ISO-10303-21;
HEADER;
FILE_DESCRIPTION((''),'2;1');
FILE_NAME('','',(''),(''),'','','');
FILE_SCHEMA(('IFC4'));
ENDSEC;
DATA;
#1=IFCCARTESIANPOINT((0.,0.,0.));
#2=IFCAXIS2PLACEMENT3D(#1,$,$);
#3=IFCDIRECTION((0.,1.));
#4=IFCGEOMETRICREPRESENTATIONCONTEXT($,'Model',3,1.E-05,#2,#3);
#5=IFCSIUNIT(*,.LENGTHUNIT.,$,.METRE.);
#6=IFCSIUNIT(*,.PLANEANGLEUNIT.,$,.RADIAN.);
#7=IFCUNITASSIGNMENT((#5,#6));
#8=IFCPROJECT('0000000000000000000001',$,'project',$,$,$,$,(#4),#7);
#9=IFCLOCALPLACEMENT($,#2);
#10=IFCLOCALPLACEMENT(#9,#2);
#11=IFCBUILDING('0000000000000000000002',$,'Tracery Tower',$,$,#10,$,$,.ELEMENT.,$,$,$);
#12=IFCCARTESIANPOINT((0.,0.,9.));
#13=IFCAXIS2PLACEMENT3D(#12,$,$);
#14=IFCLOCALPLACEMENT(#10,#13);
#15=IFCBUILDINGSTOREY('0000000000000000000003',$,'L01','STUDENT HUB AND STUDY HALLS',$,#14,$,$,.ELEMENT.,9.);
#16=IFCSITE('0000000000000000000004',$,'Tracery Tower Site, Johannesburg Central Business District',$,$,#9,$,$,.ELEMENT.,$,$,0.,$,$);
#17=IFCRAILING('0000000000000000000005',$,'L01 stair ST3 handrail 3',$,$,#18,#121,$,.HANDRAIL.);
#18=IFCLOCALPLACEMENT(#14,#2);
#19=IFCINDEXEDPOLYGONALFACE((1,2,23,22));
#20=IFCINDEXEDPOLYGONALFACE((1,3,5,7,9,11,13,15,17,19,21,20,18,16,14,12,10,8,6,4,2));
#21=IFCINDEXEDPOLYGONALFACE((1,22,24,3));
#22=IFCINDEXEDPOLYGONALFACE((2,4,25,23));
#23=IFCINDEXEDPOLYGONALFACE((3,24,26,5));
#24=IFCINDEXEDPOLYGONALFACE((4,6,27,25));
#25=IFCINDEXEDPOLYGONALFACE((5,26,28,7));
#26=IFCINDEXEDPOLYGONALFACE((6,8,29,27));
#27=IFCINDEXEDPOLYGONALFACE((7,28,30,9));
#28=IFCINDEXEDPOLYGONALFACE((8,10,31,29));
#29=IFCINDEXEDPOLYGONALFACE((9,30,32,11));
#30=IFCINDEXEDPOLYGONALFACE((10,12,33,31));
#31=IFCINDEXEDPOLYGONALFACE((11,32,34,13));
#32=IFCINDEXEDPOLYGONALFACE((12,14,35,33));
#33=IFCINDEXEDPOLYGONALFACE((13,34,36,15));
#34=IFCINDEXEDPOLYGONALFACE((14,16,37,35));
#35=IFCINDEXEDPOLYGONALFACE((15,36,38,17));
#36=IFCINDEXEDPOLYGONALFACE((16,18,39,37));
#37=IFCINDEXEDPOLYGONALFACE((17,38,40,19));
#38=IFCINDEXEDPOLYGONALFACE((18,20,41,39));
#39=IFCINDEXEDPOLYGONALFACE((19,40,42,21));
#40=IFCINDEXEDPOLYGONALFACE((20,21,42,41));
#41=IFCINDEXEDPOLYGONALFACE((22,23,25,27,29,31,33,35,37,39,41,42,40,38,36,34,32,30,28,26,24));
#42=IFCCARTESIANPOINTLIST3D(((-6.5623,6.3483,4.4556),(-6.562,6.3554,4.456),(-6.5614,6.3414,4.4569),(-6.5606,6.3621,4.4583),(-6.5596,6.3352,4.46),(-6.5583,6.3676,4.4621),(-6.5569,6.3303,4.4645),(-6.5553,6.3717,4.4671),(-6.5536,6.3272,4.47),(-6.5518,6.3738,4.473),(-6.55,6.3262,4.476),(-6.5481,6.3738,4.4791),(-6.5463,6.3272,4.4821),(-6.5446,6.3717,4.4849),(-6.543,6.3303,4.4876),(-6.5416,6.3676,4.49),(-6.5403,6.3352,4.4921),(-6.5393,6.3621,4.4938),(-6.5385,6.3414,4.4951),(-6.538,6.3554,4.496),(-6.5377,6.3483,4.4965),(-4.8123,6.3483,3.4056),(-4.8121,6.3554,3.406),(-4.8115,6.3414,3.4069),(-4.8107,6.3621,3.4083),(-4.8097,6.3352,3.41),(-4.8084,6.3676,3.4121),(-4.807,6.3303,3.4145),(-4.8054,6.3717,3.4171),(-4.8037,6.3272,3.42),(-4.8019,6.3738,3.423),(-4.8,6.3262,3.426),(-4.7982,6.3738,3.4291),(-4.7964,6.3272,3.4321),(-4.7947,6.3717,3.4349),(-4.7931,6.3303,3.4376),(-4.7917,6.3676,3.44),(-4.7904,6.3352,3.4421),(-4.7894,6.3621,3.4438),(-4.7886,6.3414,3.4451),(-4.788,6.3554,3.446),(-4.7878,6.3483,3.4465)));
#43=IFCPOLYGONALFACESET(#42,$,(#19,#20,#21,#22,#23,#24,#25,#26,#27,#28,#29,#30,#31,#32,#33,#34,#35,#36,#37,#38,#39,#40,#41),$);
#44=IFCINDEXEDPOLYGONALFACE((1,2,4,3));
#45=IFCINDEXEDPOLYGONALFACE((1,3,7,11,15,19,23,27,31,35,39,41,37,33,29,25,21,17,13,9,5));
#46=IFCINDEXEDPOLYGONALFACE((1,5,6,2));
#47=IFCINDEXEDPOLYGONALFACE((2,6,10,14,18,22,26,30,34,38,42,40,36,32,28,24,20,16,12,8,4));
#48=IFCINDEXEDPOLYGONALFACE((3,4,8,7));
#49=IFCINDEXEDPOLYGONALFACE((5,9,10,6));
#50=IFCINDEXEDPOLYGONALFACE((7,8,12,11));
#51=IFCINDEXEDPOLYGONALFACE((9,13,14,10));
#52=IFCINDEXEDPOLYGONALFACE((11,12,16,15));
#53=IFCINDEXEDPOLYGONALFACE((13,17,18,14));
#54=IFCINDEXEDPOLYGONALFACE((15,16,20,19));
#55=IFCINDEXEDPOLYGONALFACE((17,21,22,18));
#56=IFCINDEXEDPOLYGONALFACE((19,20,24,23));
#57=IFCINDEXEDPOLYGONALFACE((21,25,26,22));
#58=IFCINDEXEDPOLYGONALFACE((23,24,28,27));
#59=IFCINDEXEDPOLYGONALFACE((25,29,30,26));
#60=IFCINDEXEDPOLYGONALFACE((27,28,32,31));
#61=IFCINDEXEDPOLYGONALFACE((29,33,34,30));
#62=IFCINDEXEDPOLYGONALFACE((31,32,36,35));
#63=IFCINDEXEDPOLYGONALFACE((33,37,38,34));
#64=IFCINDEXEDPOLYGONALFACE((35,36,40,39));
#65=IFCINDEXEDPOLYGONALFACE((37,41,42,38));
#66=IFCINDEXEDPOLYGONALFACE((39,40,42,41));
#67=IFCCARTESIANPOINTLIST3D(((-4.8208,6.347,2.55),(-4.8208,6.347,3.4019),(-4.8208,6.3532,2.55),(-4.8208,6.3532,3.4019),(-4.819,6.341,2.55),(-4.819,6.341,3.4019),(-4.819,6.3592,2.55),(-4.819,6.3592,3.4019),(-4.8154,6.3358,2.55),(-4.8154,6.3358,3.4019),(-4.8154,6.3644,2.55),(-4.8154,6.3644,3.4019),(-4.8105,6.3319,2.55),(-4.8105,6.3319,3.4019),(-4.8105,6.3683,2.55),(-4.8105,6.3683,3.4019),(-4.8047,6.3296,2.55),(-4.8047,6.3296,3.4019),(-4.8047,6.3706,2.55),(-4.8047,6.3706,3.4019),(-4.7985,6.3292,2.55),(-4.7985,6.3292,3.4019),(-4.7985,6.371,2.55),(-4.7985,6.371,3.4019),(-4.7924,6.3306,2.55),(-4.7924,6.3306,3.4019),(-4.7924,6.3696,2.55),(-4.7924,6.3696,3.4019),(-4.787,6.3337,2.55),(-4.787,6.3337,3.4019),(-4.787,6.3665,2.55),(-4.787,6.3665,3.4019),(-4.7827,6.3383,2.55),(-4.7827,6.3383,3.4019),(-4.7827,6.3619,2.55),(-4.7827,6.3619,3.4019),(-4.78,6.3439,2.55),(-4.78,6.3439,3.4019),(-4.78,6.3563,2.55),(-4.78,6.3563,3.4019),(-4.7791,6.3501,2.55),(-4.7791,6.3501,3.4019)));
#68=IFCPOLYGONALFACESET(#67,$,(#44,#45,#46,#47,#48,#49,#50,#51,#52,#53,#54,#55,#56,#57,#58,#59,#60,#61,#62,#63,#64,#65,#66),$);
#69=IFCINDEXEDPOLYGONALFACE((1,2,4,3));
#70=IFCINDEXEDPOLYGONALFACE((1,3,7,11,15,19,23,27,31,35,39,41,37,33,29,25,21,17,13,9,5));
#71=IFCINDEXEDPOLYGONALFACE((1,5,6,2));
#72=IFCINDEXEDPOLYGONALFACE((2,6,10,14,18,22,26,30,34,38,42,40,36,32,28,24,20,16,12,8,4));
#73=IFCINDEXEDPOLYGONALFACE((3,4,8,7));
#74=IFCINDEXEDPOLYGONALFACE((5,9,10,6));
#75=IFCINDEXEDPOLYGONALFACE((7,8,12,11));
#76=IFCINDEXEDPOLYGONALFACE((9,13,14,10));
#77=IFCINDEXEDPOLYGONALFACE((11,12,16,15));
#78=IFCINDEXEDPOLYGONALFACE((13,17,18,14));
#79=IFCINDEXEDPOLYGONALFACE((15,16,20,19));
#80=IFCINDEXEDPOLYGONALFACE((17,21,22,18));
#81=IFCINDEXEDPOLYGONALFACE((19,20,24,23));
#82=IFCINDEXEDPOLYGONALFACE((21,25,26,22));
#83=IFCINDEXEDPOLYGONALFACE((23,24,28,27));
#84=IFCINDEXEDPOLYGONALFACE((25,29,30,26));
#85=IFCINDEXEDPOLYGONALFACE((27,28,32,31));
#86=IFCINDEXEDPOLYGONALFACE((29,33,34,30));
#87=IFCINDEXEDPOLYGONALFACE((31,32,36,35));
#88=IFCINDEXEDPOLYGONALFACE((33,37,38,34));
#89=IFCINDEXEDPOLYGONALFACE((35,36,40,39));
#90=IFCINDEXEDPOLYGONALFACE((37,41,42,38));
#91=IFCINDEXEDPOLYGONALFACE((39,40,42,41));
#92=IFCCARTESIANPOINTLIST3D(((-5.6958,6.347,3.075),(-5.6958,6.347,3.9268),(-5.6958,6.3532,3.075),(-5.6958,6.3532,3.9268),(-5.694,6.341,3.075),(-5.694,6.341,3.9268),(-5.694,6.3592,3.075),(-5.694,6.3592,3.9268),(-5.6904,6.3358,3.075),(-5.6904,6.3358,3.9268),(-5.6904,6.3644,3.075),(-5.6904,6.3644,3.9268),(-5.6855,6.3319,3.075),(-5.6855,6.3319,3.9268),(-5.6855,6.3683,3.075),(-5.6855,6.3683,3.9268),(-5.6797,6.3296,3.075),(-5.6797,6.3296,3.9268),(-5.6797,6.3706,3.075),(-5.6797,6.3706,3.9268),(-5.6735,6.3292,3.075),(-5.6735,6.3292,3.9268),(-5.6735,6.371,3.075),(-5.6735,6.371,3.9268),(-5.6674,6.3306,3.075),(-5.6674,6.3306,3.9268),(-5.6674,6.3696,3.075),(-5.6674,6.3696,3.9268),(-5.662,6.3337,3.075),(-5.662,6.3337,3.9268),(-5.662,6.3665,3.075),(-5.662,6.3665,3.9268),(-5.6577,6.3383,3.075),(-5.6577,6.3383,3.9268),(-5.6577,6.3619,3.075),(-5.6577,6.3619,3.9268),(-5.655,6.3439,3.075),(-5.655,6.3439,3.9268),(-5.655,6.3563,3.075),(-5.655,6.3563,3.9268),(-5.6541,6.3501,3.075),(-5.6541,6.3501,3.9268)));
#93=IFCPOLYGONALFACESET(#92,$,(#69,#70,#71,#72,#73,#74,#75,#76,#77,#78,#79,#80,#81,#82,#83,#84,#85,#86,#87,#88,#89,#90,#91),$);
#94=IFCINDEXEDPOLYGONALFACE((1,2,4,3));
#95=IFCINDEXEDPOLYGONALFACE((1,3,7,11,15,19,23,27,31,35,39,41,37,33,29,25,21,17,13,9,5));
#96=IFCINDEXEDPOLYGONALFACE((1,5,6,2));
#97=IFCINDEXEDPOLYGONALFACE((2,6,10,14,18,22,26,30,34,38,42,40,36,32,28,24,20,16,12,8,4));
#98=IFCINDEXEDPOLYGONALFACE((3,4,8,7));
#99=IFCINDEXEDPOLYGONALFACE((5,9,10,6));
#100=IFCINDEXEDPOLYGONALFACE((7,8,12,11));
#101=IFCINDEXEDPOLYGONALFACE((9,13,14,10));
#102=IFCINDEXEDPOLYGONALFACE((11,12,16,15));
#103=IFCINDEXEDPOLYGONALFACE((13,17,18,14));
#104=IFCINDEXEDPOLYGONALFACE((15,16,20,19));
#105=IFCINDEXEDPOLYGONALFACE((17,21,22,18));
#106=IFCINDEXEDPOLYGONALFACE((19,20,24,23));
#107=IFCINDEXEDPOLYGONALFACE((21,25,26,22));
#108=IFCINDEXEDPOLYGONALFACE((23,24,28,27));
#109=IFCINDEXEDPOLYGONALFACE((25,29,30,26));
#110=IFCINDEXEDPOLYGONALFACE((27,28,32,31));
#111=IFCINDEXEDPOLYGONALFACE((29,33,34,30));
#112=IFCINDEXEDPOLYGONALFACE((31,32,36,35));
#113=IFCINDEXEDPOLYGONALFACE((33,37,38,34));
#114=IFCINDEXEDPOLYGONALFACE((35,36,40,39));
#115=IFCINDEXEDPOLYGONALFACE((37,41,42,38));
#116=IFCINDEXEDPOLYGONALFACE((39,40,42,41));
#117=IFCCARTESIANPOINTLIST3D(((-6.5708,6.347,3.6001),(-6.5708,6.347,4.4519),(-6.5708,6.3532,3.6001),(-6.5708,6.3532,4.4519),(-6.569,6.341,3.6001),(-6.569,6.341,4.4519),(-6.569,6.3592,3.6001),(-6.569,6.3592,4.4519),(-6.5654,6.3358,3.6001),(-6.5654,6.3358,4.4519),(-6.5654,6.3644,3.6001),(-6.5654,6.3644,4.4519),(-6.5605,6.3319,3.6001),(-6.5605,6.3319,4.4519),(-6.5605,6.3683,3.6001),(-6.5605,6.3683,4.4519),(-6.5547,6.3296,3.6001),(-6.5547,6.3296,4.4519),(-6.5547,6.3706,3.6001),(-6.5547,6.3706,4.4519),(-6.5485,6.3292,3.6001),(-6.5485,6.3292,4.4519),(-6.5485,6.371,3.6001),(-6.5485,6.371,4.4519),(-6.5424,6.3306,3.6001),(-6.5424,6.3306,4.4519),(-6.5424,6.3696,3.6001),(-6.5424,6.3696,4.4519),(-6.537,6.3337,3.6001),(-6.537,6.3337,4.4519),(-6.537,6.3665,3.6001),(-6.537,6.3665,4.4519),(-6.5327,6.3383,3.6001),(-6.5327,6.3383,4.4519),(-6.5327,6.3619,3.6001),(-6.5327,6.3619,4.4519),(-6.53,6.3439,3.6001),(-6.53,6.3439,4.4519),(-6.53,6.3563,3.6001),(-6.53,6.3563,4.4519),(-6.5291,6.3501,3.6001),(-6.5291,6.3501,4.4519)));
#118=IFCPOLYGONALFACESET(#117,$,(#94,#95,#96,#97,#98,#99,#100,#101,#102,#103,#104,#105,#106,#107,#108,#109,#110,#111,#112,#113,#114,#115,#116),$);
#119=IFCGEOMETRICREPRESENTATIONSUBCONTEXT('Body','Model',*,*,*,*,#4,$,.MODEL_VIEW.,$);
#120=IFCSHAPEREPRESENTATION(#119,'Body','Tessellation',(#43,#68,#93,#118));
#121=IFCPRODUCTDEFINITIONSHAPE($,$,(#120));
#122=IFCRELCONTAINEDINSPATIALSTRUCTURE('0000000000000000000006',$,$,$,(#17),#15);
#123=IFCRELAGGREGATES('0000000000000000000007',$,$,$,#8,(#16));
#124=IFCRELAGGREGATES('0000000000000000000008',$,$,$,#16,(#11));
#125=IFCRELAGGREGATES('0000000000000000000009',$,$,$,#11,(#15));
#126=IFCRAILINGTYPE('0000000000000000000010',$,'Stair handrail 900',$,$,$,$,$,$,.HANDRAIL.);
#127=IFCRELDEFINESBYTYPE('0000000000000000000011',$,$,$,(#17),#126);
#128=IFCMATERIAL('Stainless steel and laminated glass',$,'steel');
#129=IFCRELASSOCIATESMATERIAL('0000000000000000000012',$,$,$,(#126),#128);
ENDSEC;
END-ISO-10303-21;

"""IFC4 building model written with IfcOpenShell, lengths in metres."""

from ifc_helpers import new_model, si_unit, direction, frame, origin, origin_2d, place, context, subcontext, project, spatial, circle, extrude, material, type_object, element, save


model = new_model("IFC4")

# Units and contexts
model_context = context("Model", 3, precision=1e-05, world=origin(), true_north=direction((0.0, 1.0)))
body_context = subcontext(model_context, "Body", "Model", "MODEL_VIEW")
ifc_project = project(units=[si_unit("LENGTHUNIT", "METRE"), si_unit("PLANEANGLEUNIT", "RADIAN")], contexts=[model_context])

# Site, building, storey
site_placement = place(None, origin())
site = spatial("IfcSite", under=ifc_project, at=site_placement, Name="Tracery Tower Site, Johannesburg Central Business District", CompositionType="ELEMENT", RefElevation=0.0)
building_placement = place(site_placement, origin())
building = spatial("IfcBuilding", under=site, at=building_placement, Name="Tracery Tower", CompositionType="ELEMENT")
storey_placement = place(building_placement, frame((0.0, 0.0, 9.0)))
storey = spatial("IfcBuildingStorey", under=building, at=storey_placement, Name="L01", Description="STUDENT HUB AND STUDY HALLS", CompositionType="ELEMENT", Elevation=9.0)

# Railing
ifc_material_1 = material(Name="Stainless steel and laminated glass", Category="steel")
railing_type_1 = type_object("IfcRailingType", Name="Stair handrail 900", PredefinedType="HANDRAIL", material=ifc_material_1)
railing_1_placement = place(storey_placement, frame((-4.8, 6.3501, 2.55)))
element("IfcRailing", 1, at=railing_1_placement, inside=storey, type_object=railing_type_1, Name="L01 stair ST3 handrail 3", PredefinedType="HANDRAIL", context=body_context, shape_type="SweptSolid", body=[
    extrude(circle(Radius=0.0239, at=origin_2d()), frame((0.0, 0.0, 0.876), z_axis=(-0.857482, 0.0, 0.514513), x_axis=(0.0, -1.0, 0.0)), (0.0, 0.0, 1.0), 2.0408),
    extrude(circle(Radius=0.021, at=origin_2d()), origin(), (0.0, 0.0, 1.0), 0.8518),
    extrude(circle(Radius=0.021, at=origin_2d()), frame((-0.875, 0.0, 0.5249)), (0.0, 0.0, 1.0), 0.8518),
    extrude(circle(Radius=0.021, at=origin_2d()), frame((-1.75, 0.0, 1.05)), (0.0, 0.0, 1.0), 0.8518),
])

save(model, "model.ifc")
